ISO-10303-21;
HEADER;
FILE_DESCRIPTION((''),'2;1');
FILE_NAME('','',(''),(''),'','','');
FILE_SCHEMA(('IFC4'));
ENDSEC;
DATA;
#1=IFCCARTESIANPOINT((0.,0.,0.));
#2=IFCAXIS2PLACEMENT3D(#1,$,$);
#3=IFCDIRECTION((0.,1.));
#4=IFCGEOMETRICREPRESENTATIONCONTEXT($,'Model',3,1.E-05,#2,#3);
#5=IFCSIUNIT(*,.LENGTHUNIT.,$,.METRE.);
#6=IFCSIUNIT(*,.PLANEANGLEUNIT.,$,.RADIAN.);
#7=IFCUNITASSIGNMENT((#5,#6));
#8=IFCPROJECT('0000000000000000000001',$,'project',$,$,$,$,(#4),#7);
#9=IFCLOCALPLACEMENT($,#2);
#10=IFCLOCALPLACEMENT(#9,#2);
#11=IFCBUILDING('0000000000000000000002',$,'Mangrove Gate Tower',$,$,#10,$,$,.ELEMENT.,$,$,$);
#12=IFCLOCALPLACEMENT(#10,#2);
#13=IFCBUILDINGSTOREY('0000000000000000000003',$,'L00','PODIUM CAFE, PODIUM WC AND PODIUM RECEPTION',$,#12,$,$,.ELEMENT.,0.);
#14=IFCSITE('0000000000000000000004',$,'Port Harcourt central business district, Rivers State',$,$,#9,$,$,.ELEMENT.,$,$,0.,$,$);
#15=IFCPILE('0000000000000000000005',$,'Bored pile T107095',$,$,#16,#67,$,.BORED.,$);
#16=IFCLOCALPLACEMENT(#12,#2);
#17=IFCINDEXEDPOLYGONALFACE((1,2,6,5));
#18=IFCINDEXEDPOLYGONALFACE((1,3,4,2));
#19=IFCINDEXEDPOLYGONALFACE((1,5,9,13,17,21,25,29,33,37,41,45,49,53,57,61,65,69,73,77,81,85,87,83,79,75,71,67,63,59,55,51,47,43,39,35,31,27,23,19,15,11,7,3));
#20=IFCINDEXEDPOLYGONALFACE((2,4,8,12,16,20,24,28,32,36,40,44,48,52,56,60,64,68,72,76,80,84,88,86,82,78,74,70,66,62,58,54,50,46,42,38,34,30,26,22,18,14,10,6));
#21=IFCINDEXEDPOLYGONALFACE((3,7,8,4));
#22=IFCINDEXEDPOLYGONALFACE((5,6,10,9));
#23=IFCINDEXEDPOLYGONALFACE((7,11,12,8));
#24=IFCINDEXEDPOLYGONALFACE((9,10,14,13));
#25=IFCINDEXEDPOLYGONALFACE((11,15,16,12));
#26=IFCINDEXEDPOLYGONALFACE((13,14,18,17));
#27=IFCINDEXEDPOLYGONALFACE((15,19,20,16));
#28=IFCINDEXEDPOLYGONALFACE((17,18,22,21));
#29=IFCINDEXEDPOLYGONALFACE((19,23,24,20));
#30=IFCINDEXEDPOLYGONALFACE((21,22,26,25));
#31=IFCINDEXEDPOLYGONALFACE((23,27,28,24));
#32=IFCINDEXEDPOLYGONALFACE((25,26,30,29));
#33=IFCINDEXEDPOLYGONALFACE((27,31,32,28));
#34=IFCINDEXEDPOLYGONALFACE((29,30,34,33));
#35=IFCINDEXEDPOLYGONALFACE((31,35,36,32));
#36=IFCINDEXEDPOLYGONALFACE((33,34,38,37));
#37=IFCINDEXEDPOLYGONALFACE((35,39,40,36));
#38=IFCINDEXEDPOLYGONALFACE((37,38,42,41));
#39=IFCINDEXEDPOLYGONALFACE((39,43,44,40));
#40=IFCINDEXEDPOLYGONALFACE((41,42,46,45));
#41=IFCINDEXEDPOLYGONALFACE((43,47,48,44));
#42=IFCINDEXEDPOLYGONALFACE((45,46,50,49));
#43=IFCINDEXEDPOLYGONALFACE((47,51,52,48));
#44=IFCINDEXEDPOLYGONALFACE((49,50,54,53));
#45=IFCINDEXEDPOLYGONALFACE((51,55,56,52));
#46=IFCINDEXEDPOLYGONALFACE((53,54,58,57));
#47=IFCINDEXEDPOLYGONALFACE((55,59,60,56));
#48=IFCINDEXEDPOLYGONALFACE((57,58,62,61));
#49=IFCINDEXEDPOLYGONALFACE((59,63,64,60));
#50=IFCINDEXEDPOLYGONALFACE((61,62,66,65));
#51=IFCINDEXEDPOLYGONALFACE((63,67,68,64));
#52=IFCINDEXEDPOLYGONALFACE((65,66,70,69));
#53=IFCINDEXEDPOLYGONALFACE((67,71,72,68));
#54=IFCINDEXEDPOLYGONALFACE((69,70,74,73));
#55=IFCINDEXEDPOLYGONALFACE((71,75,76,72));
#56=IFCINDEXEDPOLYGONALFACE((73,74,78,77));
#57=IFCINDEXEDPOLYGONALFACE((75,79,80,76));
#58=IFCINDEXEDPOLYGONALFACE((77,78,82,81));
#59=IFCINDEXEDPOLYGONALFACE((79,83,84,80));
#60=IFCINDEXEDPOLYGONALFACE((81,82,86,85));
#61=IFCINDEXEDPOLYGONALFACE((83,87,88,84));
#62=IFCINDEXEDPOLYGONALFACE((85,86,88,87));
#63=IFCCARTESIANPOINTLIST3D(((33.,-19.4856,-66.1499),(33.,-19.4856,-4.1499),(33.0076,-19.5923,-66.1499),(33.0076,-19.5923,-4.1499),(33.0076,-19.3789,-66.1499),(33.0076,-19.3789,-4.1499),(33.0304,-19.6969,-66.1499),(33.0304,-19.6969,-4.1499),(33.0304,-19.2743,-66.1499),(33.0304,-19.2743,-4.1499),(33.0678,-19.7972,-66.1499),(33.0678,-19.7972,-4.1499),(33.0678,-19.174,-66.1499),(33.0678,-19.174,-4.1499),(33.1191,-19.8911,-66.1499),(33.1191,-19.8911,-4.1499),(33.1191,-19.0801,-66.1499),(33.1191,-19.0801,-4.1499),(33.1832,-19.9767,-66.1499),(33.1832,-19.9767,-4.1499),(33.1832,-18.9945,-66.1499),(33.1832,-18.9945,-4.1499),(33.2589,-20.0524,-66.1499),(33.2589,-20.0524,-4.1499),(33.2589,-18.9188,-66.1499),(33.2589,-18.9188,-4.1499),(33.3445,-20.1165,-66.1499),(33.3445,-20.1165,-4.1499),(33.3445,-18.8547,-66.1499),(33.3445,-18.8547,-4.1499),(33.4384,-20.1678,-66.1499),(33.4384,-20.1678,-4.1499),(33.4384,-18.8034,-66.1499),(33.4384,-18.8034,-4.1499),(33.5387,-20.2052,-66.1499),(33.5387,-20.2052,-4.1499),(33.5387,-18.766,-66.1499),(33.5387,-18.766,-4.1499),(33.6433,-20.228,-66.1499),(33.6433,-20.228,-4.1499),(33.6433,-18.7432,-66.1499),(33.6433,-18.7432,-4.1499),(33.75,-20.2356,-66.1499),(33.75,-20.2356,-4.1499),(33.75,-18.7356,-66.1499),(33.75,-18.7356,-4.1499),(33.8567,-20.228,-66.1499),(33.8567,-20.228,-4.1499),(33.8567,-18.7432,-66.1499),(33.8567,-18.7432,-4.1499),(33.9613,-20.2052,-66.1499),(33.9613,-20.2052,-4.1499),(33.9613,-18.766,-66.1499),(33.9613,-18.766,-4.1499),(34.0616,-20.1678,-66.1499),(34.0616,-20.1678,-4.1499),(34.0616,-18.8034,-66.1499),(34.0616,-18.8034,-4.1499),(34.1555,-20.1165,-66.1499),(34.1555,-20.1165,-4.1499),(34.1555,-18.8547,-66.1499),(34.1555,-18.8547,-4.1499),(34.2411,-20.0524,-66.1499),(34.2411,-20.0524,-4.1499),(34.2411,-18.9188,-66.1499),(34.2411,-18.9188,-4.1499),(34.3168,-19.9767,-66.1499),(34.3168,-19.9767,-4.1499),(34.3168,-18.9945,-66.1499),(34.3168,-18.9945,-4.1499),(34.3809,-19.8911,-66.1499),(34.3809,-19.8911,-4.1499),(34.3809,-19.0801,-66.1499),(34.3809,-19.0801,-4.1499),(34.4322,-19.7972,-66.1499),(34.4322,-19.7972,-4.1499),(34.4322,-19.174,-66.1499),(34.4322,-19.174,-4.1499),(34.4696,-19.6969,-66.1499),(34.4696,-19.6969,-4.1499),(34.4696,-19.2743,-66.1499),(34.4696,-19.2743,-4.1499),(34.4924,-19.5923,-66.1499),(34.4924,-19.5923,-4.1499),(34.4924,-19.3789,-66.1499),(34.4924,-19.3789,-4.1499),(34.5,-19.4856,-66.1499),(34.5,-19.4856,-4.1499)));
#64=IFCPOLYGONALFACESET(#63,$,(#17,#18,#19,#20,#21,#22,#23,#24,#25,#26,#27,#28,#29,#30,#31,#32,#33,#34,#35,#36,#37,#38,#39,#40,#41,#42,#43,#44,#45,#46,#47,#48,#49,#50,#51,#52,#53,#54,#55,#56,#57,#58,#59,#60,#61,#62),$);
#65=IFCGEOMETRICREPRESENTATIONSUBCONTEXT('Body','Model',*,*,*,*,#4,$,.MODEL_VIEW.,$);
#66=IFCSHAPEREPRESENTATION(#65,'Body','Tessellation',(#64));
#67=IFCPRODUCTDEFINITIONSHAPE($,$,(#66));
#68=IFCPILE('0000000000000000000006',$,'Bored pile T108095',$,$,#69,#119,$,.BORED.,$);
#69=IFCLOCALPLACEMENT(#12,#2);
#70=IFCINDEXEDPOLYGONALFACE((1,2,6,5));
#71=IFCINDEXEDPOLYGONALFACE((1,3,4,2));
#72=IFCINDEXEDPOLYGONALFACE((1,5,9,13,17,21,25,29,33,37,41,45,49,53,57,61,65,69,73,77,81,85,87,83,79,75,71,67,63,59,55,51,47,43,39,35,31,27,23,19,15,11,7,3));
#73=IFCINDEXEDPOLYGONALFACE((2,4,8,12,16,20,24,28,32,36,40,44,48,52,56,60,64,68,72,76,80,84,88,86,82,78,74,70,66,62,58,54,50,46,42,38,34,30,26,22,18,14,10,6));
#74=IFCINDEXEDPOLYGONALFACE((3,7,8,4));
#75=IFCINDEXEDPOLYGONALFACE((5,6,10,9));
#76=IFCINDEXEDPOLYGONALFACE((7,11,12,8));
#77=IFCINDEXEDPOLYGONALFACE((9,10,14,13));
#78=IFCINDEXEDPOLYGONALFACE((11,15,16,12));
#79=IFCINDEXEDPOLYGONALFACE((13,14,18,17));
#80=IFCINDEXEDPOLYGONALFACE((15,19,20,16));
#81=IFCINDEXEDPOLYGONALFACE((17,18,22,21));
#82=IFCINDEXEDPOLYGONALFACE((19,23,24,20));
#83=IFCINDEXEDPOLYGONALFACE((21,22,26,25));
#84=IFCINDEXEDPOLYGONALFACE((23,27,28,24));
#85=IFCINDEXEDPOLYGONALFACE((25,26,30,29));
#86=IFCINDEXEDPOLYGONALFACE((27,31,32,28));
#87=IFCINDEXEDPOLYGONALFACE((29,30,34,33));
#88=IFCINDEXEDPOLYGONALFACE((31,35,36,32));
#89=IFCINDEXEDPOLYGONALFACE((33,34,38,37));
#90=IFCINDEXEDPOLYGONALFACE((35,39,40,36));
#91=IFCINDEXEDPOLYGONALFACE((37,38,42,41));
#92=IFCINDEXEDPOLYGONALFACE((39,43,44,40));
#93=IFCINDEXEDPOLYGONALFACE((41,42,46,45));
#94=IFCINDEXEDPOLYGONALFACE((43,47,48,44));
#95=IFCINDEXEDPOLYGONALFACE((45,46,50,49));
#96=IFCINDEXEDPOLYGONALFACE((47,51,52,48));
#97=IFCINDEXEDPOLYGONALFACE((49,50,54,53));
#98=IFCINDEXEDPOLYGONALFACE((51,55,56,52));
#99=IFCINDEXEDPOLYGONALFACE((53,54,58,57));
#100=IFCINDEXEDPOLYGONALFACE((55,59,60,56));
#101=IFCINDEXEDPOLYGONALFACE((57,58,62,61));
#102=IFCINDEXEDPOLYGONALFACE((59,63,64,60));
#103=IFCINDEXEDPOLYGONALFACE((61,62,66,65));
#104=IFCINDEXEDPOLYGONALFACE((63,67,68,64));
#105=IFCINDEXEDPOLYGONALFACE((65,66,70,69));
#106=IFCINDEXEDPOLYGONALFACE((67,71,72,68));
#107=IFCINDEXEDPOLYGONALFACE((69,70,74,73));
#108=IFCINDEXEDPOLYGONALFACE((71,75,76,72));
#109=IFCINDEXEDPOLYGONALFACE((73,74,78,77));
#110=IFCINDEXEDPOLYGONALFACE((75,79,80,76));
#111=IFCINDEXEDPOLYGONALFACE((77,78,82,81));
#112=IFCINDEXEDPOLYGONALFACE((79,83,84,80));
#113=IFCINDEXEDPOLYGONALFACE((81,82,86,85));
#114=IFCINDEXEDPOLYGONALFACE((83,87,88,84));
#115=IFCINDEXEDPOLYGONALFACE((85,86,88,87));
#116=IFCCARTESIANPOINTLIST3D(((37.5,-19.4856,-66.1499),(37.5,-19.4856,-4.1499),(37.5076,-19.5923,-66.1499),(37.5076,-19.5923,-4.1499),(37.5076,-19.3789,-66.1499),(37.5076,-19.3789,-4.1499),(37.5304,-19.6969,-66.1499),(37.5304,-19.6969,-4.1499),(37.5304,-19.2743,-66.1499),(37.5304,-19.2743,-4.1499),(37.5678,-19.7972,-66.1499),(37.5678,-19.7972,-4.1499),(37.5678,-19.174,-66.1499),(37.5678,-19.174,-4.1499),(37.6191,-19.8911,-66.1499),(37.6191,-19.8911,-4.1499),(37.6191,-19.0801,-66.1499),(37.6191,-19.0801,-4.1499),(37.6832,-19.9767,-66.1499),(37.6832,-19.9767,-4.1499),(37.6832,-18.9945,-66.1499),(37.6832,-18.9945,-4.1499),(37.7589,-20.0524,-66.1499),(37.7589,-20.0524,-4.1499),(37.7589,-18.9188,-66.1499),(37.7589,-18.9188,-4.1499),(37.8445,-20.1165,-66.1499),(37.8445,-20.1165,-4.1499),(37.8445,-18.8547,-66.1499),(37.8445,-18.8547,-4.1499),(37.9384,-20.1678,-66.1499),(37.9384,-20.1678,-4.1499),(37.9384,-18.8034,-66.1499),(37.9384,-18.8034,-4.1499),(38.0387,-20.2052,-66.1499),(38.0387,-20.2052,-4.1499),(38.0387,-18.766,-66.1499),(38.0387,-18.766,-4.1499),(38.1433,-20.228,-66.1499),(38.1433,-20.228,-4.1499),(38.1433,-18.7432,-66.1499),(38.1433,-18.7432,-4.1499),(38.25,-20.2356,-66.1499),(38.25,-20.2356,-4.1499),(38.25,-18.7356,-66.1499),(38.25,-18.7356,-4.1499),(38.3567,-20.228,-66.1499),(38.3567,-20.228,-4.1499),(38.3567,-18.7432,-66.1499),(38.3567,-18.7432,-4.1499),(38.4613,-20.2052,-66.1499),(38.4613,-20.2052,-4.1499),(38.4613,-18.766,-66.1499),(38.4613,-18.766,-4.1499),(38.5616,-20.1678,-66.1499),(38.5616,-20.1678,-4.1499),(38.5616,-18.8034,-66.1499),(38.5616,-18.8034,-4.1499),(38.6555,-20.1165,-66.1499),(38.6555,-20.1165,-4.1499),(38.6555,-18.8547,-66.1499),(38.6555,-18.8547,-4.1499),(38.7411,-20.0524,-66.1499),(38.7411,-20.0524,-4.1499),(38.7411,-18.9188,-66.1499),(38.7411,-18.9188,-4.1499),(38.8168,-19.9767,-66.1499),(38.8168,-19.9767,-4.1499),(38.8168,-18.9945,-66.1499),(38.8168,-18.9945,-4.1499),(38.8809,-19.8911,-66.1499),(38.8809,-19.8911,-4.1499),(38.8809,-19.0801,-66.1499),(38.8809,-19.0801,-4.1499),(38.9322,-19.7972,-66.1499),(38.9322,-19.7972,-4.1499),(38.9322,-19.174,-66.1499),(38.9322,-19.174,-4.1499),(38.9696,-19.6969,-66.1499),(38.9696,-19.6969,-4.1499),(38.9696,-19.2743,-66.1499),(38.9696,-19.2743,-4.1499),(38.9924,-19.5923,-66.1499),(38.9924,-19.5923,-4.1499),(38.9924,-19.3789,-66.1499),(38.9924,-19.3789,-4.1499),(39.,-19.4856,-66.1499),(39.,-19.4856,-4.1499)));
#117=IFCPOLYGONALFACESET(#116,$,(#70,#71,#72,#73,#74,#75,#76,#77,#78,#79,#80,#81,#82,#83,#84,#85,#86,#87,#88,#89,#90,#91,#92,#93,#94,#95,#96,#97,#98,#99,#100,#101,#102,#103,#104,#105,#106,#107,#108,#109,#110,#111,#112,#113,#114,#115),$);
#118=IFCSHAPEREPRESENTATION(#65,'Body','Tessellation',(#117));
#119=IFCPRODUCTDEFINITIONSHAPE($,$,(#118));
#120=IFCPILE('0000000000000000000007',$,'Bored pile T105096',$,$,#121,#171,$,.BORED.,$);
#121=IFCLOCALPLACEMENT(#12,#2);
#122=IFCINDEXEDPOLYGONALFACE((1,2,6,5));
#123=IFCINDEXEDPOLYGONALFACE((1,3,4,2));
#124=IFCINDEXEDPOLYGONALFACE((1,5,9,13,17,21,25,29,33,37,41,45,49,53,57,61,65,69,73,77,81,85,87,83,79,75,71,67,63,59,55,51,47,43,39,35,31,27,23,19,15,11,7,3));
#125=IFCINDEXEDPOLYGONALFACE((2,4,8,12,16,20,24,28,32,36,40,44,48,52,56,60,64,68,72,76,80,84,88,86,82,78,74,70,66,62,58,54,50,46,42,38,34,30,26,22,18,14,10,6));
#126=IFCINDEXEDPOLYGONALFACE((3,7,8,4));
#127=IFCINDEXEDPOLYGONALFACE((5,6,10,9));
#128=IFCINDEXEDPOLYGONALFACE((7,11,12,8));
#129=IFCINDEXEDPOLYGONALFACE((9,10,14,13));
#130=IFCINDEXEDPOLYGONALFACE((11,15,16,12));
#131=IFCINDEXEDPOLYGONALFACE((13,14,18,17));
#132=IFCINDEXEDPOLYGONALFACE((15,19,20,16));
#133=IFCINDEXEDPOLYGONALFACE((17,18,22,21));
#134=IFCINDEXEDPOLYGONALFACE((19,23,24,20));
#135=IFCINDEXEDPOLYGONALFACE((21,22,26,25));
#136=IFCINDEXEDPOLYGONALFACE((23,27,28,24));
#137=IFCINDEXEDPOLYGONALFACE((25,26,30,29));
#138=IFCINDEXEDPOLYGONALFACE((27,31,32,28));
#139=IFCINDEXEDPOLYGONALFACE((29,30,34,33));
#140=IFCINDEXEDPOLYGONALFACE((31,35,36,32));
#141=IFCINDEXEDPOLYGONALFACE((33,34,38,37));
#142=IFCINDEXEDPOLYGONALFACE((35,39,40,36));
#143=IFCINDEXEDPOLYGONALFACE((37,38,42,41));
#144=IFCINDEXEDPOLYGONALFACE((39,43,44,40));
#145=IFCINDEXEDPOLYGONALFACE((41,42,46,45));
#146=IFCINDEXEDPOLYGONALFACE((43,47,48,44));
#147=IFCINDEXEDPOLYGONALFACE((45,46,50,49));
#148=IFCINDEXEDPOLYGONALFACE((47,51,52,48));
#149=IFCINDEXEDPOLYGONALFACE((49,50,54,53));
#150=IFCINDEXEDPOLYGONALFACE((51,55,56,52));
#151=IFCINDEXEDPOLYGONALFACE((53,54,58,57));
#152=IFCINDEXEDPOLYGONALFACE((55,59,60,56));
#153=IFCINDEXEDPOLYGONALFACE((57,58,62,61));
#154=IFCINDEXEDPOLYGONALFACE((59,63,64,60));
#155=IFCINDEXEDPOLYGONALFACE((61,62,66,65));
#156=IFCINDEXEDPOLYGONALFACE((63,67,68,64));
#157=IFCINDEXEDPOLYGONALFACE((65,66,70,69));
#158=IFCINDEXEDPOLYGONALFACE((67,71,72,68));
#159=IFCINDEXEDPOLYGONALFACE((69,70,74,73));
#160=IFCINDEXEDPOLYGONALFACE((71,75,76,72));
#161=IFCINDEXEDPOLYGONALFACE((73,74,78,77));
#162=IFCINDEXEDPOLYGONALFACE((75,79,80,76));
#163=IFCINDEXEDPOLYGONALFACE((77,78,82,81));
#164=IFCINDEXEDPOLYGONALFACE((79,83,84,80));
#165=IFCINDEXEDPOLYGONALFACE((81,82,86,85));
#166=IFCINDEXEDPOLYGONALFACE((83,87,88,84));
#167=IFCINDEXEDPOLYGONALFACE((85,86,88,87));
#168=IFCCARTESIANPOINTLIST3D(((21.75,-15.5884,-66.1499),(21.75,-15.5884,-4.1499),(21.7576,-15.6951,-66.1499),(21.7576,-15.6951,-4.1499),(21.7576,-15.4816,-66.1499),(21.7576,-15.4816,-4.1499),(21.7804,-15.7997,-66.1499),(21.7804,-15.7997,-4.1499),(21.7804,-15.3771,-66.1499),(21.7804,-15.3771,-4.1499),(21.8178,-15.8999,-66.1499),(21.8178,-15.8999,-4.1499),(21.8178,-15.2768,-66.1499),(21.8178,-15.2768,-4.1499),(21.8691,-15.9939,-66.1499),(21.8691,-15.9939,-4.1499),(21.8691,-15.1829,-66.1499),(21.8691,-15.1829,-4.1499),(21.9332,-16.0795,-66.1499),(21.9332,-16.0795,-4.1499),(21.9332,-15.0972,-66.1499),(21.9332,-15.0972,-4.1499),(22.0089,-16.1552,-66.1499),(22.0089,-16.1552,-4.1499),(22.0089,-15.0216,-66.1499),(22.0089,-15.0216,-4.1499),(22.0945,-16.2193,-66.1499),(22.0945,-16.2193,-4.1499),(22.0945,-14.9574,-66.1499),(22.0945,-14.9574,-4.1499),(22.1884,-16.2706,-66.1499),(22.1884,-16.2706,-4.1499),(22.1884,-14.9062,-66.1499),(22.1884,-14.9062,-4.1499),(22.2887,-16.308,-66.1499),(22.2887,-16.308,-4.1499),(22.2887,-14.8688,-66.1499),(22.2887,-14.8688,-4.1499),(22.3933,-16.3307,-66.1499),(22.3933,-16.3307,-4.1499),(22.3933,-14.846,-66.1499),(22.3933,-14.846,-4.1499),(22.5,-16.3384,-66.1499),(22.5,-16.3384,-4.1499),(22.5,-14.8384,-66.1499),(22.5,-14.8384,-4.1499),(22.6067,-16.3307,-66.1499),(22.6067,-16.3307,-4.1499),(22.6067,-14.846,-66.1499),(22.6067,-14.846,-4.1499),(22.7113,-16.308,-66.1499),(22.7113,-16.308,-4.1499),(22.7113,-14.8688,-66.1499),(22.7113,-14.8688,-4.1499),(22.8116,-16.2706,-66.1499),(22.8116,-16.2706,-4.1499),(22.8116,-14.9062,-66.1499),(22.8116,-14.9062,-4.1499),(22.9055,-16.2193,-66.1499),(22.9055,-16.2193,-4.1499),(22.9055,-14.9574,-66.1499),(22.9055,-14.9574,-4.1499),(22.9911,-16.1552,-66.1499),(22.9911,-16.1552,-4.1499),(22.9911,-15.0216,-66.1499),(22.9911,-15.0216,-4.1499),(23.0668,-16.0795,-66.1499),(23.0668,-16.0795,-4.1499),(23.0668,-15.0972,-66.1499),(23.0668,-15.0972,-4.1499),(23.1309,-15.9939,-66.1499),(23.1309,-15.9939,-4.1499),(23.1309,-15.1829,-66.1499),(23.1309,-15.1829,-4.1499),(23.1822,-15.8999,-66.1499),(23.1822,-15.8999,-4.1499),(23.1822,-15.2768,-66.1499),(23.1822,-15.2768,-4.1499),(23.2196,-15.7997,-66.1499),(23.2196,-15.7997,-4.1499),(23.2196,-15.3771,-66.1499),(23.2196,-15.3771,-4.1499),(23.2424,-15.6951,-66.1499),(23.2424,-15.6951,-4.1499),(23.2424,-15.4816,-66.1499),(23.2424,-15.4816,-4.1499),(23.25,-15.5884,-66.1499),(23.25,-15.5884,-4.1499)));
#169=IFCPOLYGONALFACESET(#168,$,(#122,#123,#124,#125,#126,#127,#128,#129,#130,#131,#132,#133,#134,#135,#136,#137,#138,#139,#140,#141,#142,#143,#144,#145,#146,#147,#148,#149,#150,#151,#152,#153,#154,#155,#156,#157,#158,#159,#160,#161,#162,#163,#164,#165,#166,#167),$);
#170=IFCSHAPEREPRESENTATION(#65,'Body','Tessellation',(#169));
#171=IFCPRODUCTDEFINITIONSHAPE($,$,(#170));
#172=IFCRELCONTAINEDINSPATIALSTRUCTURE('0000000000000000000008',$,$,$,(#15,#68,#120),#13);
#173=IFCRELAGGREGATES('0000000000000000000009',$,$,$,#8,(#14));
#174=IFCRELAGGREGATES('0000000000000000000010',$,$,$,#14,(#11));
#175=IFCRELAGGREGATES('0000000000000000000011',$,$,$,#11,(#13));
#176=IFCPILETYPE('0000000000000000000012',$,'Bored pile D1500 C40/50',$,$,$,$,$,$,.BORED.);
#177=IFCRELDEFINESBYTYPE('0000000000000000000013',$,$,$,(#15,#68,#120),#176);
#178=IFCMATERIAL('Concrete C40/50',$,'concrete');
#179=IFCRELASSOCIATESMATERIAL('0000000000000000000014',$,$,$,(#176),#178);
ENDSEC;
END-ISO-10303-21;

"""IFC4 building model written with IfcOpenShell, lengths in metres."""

from ifc_helpers import new_model, si_unit, direction, frame, origin, origin_2d, place, context, subcontext, project, spatial, circle, extrude, material, material_profile, profile_set, type_object, element, save


model = new_model("IFC4")

# Units and contexts
model_context = context("Model", 3, precision=1e-05, world=origin(), true_north=direction((0.0, 1.0)))
body_context = subcontext(model_context, "Body", "Model", "MODEL_VIEW")
ifc_project = project(units=[si_unit("LENGTHUNIT", "METRE"), si_unit("PLANEANGLEUNIT", "RADIAN")], contexts=[model_context])

# Site, building, storey
site_placement = place(None, origin())
site = spatial("IfcSite", under=ifc_project, at=site_placement, Name="Port Harcourt central business district, Rivers State", CompositionType="ELEMENT", RefElevation=0.0)
building_placement = place(site_placement, origin())
building = spatial("IfcBuilding", under=site, at=building_placement, Name="Mangrove Gate Tower", CompositionType="ELEMENT")
storey_placement = place(building_placement, origin())
storey = spatial("IfcBuildingStorey", under=building, at=storey_placement, Name="L00", Description="PODIUM CAFE, PODIUM WC AND PODIUM RECEPTION", CompositionType="ELEMENT", Elevation=0.0)

# Piles
ifc_material_1 = material(Name="Concrete C40/50", Category="concrete")
ifc_material_profile_1 = material_profile(ifc_material_1, circle(Radius=0.75, at=origin_2d()))
ifc_profile_set_1 = profile_set([ifc_material_profile_1], Name="Concrete C40/50")
pile_type = type_object("IfcPileType", Name="Bored pile D1500 C40/50", PredefinedType="BORED", material=ifc_profile_set_1)
for number, where, z_axis, x_axis, name in (
    (1, (33.75, -19.4856, -4.1499), (0.0, 0.0, -1.0), (1.0, 0.0, 0.0), "Bored pile T107095"),
    (2, (38.25, -19.4856, -4.1499), (0.0, 0.0, -1.0), (1.0, 0.0, 0.0), "Bored pile T108095"),
    (3, (22.5, -15.5884, -4.1499), (0.0, 0.0, -1.0), (1.0, 0.0, 0.0), "Bored pile T105096"),
):
    element("IfcPile", number, at=place(storey_placement, frame(where, z_axis=z_axis, x_axis=x_axis)), inside=storey, type_object=pile_type, Name=name, PredefinedType="BORED", context=body_context, shape_type="SweptSolid", body=[
        extrude(circle(Radius=0.75, at=origin_2d()), origin(), (0.0, 0.0, 1.0), 62.0),
    ])

save(model, "model.ifc")
